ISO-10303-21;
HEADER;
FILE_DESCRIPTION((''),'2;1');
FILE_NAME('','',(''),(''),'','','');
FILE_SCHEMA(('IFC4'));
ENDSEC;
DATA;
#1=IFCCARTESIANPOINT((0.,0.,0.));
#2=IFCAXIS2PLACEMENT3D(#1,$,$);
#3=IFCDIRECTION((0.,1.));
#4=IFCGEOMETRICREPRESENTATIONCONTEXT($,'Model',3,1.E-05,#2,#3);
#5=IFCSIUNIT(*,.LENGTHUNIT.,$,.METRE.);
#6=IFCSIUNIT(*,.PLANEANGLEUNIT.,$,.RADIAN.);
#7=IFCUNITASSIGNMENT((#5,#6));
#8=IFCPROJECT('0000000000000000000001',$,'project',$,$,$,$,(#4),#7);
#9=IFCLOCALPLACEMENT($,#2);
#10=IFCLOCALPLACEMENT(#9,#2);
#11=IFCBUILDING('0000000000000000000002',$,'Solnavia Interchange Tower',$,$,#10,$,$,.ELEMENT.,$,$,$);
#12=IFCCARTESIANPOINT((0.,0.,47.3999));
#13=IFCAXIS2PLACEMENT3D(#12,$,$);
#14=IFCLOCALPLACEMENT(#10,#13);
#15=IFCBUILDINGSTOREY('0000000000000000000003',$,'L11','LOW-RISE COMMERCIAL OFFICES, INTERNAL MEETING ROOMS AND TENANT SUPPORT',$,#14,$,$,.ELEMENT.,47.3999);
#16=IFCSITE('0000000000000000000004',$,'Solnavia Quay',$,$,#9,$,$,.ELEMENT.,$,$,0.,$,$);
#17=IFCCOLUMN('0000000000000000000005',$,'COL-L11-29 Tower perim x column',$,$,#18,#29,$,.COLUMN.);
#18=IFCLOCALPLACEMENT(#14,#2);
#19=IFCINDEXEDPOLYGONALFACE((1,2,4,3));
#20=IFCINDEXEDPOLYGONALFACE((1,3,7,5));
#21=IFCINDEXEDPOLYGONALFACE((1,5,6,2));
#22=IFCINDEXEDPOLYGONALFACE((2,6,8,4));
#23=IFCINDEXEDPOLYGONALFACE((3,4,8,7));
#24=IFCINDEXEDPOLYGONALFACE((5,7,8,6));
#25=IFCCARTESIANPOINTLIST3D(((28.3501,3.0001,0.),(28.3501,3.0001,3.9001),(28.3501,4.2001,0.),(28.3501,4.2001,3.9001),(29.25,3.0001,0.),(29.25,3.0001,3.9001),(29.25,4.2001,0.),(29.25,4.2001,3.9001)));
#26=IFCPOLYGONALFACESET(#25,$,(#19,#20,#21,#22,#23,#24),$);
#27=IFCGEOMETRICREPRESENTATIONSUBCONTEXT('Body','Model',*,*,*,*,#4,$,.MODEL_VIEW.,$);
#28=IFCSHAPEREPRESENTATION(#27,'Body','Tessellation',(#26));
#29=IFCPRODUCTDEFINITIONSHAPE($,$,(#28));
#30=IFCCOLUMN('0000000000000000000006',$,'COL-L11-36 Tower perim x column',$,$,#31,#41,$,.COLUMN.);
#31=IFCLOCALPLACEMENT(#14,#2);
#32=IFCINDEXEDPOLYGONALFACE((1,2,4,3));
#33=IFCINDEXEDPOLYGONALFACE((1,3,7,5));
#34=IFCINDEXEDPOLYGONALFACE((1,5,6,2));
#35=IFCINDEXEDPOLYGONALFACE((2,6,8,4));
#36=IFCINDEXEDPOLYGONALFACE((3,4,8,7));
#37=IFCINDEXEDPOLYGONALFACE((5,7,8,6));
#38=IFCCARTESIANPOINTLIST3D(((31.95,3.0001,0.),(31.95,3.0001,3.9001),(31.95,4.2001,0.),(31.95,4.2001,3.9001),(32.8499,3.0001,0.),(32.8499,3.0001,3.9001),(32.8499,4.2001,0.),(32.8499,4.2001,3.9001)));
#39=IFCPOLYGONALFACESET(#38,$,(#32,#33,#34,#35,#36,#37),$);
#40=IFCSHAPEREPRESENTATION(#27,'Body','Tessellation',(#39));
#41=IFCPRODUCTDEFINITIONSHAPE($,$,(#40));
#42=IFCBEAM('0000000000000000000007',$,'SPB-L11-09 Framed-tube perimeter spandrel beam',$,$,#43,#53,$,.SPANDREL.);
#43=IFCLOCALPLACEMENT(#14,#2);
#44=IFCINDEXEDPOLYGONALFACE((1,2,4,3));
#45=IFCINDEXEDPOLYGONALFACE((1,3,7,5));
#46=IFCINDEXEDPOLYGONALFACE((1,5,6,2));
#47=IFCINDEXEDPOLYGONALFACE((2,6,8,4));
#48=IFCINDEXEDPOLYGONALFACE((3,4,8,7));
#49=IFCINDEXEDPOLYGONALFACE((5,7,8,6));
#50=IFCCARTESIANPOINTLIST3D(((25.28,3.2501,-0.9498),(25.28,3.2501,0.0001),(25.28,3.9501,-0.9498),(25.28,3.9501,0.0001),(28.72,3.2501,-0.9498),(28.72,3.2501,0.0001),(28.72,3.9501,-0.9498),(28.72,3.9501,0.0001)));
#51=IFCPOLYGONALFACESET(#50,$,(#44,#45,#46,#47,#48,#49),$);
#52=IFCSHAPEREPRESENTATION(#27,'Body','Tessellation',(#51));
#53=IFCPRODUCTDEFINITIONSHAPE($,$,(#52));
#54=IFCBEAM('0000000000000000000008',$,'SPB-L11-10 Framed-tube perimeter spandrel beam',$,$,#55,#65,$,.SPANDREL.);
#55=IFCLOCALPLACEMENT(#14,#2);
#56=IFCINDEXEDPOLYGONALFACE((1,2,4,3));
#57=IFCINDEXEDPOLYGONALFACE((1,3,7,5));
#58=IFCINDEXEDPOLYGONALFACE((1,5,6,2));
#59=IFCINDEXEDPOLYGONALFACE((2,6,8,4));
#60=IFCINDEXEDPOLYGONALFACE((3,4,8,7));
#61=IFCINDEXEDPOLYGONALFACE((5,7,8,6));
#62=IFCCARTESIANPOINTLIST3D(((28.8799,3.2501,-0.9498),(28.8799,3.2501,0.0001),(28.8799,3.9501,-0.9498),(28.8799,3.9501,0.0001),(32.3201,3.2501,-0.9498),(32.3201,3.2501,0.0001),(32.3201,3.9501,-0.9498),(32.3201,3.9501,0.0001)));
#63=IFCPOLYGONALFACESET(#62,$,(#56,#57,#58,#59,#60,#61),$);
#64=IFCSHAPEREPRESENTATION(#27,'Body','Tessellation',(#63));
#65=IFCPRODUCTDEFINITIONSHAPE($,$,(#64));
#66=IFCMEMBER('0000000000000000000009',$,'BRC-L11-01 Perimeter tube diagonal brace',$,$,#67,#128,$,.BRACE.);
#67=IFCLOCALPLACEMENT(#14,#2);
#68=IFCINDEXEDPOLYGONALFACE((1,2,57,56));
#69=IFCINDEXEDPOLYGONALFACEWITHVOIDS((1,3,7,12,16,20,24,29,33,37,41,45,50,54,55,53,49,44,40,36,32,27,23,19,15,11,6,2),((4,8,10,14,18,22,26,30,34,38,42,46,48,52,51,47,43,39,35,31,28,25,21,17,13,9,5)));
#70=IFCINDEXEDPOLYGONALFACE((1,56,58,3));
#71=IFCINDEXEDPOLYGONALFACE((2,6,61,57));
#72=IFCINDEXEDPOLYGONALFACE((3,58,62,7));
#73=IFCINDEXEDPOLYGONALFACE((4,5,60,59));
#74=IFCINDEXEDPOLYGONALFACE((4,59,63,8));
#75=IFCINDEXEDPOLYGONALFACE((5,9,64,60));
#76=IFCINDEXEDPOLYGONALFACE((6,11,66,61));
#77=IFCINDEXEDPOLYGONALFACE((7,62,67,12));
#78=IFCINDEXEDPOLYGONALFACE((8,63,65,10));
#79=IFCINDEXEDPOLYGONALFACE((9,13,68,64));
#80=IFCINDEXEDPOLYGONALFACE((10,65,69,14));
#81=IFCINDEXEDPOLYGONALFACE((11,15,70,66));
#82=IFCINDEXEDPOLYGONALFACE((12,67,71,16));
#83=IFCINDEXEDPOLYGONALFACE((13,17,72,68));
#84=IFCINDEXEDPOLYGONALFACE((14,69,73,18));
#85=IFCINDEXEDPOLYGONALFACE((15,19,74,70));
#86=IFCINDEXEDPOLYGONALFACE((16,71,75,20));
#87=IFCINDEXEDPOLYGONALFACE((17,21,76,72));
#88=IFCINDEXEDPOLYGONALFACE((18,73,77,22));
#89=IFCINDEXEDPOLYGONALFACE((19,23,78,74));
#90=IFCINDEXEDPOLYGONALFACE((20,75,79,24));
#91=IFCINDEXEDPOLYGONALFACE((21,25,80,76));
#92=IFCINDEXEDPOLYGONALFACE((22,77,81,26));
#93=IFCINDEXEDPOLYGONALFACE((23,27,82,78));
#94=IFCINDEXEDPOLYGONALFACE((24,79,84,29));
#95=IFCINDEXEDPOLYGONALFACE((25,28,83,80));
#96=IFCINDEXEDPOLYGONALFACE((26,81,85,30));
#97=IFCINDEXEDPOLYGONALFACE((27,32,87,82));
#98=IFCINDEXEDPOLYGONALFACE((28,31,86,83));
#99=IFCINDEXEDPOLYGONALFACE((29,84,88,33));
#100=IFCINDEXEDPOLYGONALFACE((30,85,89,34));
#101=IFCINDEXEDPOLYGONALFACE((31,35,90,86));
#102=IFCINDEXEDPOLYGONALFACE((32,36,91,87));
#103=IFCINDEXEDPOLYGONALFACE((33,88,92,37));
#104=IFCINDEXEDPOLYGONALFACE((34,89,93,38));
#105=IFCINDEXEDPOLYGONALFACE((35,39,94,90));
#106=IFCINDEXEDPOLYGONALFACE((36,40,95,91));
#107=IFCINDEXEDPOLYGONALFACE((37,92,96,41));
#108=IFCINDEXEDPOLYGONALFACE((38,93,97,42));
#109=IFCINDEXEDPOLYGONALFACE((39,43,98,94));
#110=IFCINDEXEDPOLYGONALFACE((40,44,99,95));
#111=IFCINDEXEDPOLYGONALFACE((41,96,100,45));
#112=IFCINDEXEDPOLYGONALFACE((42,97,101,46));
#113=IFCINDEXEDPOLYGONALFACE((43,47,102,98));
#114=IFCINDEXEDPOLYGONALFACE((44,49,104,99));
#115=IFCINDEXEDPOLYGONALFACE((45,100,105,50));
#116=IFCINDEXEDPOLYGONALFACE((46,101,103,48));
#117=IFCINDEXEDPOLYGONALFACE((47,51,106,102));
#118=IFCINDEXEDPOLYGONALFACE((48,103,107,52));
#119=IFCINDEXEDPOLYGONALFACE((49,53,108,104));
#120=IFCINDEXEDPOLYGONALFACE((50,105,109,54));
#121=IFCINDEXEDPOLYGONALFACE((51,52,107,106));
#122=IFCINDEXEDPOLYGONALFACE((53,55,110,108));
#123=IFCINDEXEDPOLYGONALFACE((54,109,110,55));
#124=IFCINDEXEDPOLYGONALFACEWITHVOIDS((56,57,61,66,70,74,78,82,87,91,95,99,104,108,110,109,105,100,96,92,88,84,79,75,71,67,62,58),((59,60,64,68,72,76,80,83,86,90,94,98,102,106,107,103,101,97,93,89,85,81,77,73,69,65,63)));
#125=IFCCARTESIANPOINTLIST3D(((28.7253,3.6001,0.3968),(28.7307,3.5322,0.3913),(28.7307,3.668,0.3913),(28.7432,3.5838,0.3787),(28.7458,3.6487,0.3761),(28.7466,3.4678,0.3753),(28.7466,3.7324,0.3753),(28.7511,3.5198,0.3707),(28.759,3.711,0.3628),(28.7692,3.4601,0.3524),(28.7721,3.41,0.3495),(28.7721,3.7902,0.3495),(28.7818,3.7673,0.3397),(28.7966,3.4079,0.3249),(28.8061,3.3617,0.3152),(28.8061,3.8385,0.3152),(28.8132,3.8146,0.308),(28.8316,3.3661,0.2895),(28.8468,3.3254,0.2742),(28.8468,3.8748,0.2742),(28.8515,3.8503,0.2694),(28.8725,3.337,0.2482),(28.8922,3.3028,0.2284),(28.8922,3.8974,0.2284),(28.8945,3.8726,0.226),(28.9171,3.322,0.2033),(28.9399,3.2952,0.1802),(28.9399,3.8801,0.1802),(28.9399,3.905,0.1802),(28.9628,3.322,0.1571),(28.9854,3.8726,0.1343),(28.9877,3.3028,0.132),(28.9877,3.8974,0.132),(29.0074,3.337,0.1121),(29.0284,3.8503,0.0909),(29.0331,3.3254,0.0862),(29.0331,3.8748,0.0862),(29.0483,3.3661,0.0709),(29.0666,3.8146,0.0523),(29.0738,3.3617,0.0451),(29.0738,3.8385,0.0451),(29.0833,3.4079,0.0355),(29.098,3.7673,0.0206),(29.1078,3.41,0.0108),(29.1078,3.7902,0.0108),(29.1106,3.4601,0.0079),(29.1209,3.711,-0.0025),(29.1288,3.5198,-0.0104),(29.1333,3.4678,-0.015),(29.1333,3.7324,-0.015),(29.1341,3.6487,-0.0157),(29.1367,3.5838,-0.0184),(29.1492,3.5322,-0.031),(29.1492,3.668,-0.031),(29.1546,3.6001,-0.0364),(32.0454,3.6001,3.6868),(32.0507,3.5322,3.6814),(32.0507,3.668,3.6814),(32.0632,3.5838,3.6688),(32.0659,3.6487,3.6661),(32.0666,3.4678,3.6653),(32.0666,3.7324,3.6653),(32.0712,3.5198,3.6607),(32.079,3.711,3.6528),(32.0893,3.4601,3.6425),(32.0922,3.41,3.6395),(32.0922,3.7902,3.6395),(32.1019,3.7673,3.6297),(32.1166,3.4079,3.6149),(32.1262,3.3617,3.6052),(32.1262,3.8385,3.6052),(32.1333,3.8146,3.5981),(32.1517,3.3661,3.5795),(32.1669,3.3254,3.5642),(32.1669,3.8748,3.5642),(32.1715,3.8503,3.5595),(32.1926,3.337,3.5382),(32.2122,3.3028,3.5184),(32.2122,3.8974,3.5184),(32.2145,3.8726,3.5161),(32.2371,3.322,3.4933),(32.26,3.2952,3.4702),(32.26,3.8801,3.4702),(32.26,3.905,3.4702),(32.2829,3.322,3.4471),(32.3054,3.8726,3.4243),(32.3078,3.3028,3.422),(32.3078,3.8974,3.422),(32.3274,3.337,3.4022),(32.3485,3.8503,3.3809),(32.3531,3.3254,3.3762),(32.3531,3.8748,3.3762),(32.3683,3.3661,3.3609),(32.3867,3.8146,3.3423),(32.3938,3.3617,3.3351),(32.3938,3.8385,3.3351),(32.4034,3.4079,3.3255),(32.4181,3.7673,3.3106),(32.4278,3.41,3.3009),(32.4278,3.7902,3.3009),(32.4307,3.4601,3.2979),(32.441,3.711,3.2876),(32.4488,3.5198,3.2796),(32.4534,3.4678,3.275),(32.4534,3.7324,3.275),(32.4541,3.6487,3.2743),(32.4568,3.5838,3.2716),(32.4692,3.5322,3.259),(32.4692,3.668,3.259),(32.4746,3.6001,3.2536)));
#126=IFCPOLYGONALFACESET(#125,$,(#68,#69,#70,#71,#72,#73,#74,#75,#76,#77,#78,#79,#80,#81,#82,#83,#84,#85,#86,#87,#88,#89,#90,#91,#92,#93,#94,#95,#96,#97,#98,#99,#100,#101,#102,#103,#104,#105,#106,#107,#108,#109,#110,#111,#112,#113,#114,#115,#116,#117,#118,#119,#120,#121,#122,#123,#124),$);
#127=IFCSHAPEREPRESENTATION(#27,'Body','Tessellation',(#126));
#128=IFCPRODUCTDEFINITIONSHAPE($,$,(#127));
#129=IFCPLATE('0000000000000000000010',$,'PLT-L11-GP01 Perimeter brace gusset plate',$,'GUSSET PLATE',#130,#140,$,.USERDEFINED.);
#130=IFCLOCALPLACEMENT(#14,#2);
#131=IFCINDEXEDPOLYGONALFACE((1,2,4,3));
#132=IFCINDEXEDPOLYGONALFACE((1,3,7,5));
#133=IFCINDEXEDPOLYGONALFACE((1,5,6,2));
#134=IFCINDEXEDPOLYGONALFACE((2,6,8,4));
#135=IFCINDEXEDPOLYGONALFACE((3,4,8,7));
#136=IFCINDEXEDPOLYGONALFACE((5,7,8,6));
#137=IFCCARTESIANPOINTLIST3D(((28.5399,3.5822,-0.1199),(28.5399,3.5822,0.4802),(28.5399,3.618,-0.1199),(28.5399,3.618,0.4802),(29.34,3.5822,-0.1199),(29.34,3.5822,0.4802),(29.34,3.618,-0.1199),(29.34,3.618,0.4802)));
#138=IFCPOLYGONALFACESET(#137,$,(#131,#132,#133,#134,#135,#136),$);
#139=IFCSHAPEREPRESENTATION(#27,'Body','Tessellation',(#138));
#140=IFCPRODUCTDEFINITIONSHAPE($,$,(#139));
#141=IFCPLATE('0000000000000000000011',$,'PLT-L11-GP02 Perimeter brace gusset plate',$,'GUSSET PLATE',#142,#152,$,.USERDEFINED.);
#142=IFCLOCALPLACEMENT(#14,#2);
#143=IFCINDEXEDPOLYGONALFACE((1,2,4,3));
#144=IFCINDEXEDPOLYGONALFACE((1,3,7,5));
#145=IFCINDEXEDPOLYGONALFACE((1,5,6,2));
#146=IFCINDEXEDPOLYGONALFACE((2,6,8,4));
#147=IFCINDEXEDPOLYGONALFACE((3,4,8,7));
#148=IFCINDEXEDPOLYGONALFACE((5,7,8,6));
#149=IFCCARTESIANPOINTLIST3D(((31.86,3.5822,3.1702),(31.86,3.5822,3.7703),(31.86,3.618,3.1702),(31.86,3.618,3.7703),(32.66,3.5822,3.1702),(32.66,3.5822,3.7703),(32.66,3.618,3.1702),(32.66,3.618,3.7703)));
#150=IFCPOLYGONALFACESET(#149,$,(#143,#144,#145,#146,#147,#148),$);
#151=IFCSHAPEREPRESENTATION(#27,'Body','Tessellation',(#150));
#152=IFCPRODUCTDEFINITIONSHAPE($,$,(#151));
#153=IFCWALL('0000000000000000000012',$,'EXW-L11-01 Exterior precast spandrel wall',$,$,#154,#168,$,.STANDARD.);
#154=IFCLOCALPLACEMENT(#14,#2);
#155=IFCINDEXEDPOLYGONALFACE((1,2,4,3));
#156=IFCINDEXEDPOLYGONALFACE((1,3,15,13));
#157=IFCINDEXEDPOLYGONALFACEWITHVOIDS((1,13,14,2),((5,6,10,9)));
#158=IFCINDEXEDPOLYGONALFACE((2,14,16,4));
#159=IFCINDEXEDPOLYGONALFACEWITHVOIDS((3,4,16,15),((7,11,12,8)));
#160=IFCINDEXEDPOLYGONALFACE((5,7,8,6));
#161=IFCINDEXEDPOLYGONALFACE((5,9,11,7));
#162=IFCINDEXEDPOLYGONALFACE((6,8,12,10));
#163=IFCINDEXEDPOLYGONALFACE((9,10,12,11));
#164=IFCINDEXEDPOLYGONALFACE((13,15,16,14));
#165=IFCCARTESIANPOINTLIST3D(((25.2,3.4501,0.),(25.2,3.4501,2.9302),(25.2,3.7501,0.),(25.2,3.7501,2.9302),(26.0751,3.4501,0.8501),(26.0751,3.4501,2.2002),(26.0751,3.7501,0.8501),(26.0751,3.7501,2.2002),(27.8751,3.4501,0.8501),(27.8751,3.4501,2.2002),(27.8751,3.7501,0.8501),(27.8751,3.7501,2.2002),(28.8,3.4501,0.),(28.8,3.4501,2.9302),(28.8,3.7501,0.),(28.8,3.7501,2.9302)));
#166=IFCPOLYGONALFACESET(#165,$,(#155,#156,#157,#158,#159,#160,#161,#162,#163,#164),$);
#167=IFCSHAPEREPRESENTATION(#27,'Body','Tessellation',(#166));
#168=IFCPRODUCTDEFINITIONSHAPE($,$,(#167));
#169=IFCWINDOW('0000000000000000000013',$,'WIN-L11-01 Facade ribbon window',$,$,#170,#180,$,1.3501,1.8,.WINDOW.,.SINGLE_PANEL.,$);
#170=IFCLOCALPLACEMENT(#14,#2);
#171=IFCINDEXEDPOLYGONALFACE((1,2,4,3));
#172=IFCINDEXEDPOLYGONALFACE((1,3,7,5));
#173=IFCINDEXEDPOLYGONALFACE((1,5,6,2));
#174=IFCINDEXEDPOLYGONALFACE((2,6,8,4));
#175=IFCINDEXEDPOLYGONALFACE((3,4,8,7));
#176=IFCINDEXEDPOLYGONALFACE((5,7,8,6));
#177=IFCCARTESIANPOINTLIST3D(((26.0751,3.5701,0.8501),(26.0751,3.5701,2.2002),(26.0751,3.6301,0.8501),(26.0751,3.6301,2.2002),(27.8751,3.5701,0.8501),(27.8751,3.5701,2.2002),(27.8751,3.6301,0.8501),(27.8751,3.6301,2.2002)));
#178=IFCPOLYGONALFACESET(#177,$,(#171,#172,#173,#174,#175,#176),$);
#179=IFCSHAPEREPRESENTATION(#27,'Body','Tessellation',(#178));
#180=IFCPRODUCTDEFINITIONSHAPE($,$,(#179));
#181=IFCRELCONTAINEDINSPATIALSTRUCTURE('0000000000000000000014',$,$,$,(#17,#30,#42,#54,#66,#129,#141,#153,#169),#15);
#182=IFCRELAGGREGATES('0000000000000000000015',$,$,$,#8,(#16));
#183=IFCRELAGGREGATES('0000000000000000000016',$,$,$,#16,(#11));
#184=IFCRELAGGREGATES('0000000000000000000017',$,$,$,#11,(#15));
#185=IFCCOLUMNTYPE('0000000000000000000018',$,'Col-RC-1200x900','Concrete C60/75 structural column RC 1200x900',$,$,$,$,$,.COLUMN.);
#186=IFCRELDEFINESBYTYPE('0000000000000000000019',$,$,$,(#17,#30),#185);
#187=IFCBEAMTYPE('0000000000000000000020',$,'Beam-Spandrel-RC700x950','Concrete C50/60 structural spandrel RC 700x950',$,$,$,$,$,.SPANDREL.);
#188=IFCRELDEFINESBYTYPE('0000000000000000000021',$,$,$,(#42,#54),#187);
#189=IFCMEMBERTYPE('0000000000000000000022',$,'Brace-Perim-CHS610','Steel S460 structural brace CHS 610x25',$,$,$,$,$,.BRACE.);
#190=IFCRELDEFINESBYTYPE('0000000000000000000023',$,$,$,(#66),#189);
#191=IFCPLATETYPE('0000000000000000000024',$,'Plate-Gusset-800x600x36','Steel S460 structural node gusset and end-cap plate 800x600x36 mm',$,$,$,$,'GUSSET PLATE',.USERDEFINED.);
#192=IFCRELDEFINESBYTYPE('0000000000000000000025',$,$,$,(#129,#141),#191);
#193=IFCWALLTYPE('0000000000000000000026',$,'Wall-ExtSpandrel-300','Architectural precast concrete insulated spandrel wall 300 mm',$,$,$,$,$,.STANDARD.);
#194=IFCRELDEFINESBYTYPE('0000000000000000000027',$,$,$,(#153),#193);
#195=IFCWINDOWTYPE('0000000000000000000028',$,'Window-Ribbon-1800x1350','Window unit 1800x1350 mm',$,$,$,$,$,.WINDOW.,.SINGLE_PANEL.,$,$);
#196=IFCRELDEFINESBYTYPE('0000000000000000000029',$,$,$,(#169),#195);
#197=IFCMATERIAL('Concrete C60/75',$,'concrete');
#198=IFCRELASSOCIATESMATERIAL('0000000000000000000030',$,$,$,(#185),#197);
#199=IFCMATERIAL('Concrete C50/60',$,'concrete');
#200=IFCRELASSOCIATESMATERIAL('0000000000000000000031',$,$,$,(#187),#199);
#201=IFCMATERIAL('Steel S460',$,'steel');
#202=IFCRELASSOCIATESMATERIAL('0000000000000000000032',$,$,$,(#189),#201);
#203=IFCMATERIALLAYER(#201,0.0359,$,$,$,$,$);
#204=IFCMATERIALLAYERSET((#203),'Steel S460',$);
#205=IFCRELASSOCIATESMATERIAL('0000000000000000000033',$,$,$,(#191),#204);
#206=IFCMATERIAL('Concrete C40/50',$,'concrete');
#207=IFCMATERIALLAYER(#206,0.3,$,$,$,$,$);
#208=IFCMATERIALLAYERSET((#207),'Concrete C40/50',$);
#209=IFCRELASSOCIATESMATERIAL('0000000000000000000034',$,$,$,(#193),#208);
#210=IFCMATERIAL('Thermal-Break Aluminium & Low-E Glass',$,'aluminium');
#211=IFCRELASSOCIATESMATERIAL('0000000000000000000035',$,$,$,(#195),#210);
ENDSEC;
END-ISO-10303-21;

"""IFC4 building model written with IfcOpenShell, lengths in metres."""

from ifc_helpers import new_model, si_unit, direction, frame, frame_2d, origin, origin_2d, place, context, subcontext, project, spatial, rectangle, hollow_circle, extrude, material, layer, layer_set, material_profile, profile_set, type_object, element, fill, save


model = new_model("IFC4")

# Units and contexts
model_context = context("Model", 3, precision=1e-05, world=origin(), true_north=direction((0.0, 1.0)))
body_context = subcontext(model_context, "Body", "Model", "MODEL_VIEW")
ifc_project = project(units=[si_unit("LENGTHUNIT", "METRE"), si_unit("PLANEANGLEUNIT", "RADIAN")], contexts=[model_context])

# Site, building, storey
site_placement = place(None, origin())
site = spatial("IfcSite", under=ifc_project, at=site_placement, Name="Solnavia Quay", CompositionType="ELEMENT", RefElevation=0.0)
building_placement = place(site_placement, origin())
building = spatial("IfcBuilding", under=site, at=building_placement, Name="Solnavia Interchange Tower", CompositionType="ELEMENT")
storey_placement = place(building_placement, frame((0.0, 0.0, 47.3999)))
storey = spatial("IfcBuildingStorey", under=building, at=storey_placement, Name="L11", Description="LOW-RISE COMMERCIAL OFFICES, INTERNAL MEETING ROOMS AND TENANT SUPPORT", CompositionType="ELEMENT", Elevation=47.3999)

# Columns
ifc_material_1 = material(Name="Concrete C60/75", Category="concrete")
ifc_material_profile_1 = material_profile(ifc_material_1, rectangle(XDim=0.8999, YDim=1.2, at=origin_2d()), Name="RC 1200x900")
ifc_profile_set_1 = profile_set([ifc_material_profile_1], Name="Concrete C60/75")
column_type = type_object("IfcColumnType", Name="Col-RC-1200x900", Description="Concrete C60/75 structural column RC 1200x900", PredefinedType="COLUMN", material=ifc_profile_set_1)
for number, where, z_axis, x_axis, name in (
    (1, (28.8, 3.6001, 0.0), (0.0, 0.0, 1.0), (1.0, 0.0, 0.0), "COL-L11-29 Tower perim x column"),
    (2, (32.3999, 3.6001, 0.0), (0.0, 0.0, 1.0), (1.0, 0.0, 0.0), "COL-L11-36 Tower perim x column"),
):
    element("IfcColumn", number, at=place(storey_placement, frame(where, z_axis=z_axis, x_axis=x_axis)), inside=storey, type_object=column_type, Name=name, PredefinedType="COLUMN", context=body_context, shape_type="SweptSolid", body=[
        extrude(rectangle(XDim=0.8999, YDim=1.2, at=origin_2d()), origin(), (0.0, 0.0, 1.0), 3.9001),
    ])

# Beams
ifc_material_2 = material(Name="Concrete C50/60", Category="concrete")
ifc_material_profile_2 = material_profile(ifc_material_2, rectangle(XDim=0.7, YDim=0.95, at=origin_2d()), Name="RC 700x950")
ifc_profile_set_2 = profile_set([ifc_material_profile_2], Name="Concrete C50/60")
beam_type = type_object("IfcBeamType", Name="Beam-Spandrel-RC700x950", Description="Concrete C50/60 structural spandrel RC 700x950", PredefinedType="SPANDREL", material=ifc_profile_set_2)
beam_1_placement = place(storey_placement, frame((25.28, 3.6001, -0.4749), z_axis=(1.0, 0.0, 0.0), x_axis=(0.0, 1.0, 0.0)))
element("IfcBeam", 3, at=beam_1_placement, inside=storey, type_object=beam_type, Name="SPB-L11-09 Framed-tube perimeter spandrel beam", PredefinedType="SPANDREL", context=body_context, shape_type="SweptSolid", body=[
    extrude(rectangle(XDim=0.7, YDim=0.95, at=origin_2d()), origin(), (0.0, 0.0, 1.0), 3.4399),
])
beam_2_placement = place(storey_placement, frame((28.8799, 3.6001, -0.4749), z_axis=(1.0, 0.0, 0.0), x_axis=(0.0, 1.0, 0.0)))
element("IfcBeam", 4, at=beam_2_placement, inside=storey, type_object=beam_type, Name="SPB-L11-10 Framed-tube perimeter spandrel beam", PredefinedType="SPANDREL", context=body_context, shape_type="SweptSolid", body=[
    extrude(rectangle(XDim=0.7, YDim=0.95, at=origin_2d()), origin(), (0.0, 0.0, 1.0), 3.4402),
])

# Member
ifc_material_3 = material(Name="Steel S460", Category="steel")
ifc_material_profile_3 = material_profile(ifc_material_3, hollow_circle(Radius=0.3049, WallThickness=0.0249, at=origin_2d()), Name="CHS 610x25")
ifc_profile_set_3 = profile_set([ifc_material_profile_3], Name="Steel S460")
member_type = type_object("IfcMemberType", Name="Brace-Perim-CHS610", Description="Steel S460 structural brace CHS 610x25", PredefinedType="BRACE", material=ifc_profile_set_3)
member_placement = place(storey_placement, frame((28.9399, 3.6001, 0.1802), z_axis=(0.710312, 0.0, 0.703887), x_axis=(0.0, 1.0, 0.0)))
element("IfcMember", 5, at=member_placement, inside=storey, type_object=member_type, Name="BRC-L11-01 Perimeter tube diagonal brace", PredefinedType="BRACE", context=body_context, shape_type="SweptSolid", body=[
    extrude(hollow_circle(Radius=0.3049, WallThickness=0.0249, at=origin_2d()), origin(), (0.0, 0.0, 1.0), 4.6741),
])

# Plates
ifc_layer_1 = layer(ifc_material_3, 0.0359)
ifc_layer_set_1 = layer_set([ifc_layer_1], Name="Steel S460")
plate_type = type_object("IfcPlateType", Name="Plate-Gusset-800x600x36", Description="Steel S460 structural node gusset and end-cap plate 800x600x36 mm", ElementType="GUSSET PLATE", PredefinedType="USERDEFINED", material=ifc_layer_set_1)
for number, where, z_axis, x_axis, name in (
    (6, (28.9399, 3.6001, -0.1199), (0.0, 0.0, 1.0), (1.0, 0.0, 0.0), "PLT-L11-GP01 Perimeter brace gusset plate"),
    (7, (32.26, 3.6001, 3.1702), (0.0, 0.0, 1.0), (1.0, 0.0, 0.0), "PLT-L11-GP02 Perimeter brace gusset plate"),
):
    element("IfcPlate", number, at=place(storey_placement, frame(where, z_axis=z_axis, x_axis=x_axis)), inside=storey, type_object=plate_type, Name=name, ObjectType="GUSSET PLATE", PredefinedType="USERDEFINED", context=body_context, shape_type="SweptSolid", body=[
        extrude(rectangle(XDim=0.8, YDim=0.0359, at=origin_2d()), origin(), (0.0, 0.0, 1.0), 0.6001),
    ])

# Wall, opening, window
ifc_material_4 = material(Name="Concrete C40/50", Category="concrete")
ifc_layer_2 = layer(ifc_material_4, 0.3)
ifc_layer_set_2 = layer_set([ifc_layer_2], Name="Concrete C40/50")
wall_type_1 = type_object("IfcWallType", Name="Wall-ExtSpandrel-300", Description="Architectural precast concrete insulated spandrel wall 300 mm", PredefinedType="STANDARD", material=ifc_layer_set_2)
wall_1_placement = place(storey_placement, frame((28.8, 3.6001, 0.0), z_axis=(0.0, 0.0, 1.0), x_axis=(-1.0, 0.0, 0.0)))
wall_1 = element("IfcWall", 8, at=wall_1_placement, inside=storey, type_object=wall_type_1, Name="EXW-L11-01 Exterior precast spandrel wall", PredefinedType="STANDARD", context=body_context, shape_type="SweptSolid", body=[
    extrude(rectangle(XDim=3.6001, YDim=0.3, at=frame_2d((1.8, 0.0))), origin(), (0.0, 0.0, 1.0), 2.9302),
])
opening_1_placement = place(wall_1_placement, frame((0.925, 0.0, 0.8501)))
opening_1 = element("IfcOpeningElement", 9, at=opening_1_placement, cuts=wall_1, PredefinedType="OPENING", context=body_context, shape_type="SweptSolid", body=[
    extrude(rectangle(XDim=1.8, YDim=1.3501, at=frame_2d((0.8999, 0.675))), frame((0.0, 0.1602, 0.0), z_axis=(0.0, -1.0, 0.0), x_axis=(1.0, 0.0, 0.0)), (0.0, 0.0, 1.0), 0.3201),
])
ifc_material_5 = material(Name="Thermal-Break Aluminium & Low-E Glass", Category="aluminium")
window_type_1 = type_object("IfcWindowType", Name="Window-Ribbon-1800x1350", Description="Window unit 1800x1350 mm", PartitioningType="SINGLE_PANEL", PredefinedType="WINDOW", material=ifc_material_5)
window_1_placement = place(opening_1_placement, origin())
window_1 = element("IfcWindow", 10, at=window_1_placement, inside=storey, type_object=window_type_1, Name="WIN-L11-01 Facade ribbon window", OverallHeight=1.3501, OverallWidth=1.8, PartitioningType="SINGLE_PANEL", PredefinedType="WINDOW", context=body_context, shape_type="SweptSolid", body=[
    extrude(rectangle(XDim=1.8, YDim=1.3501, at=frame_2d((0.8999, 0.675))), frame((0.0, 0.03, 0.0), z_axis=(0.0, -1.0, 0.0), x_axis=(1.0, 0.0, 0.0)), (0.0, 0.0, 1.0), 0.0601),
])
fill(opening_1, window_1)

save(model, "model.ifc")
